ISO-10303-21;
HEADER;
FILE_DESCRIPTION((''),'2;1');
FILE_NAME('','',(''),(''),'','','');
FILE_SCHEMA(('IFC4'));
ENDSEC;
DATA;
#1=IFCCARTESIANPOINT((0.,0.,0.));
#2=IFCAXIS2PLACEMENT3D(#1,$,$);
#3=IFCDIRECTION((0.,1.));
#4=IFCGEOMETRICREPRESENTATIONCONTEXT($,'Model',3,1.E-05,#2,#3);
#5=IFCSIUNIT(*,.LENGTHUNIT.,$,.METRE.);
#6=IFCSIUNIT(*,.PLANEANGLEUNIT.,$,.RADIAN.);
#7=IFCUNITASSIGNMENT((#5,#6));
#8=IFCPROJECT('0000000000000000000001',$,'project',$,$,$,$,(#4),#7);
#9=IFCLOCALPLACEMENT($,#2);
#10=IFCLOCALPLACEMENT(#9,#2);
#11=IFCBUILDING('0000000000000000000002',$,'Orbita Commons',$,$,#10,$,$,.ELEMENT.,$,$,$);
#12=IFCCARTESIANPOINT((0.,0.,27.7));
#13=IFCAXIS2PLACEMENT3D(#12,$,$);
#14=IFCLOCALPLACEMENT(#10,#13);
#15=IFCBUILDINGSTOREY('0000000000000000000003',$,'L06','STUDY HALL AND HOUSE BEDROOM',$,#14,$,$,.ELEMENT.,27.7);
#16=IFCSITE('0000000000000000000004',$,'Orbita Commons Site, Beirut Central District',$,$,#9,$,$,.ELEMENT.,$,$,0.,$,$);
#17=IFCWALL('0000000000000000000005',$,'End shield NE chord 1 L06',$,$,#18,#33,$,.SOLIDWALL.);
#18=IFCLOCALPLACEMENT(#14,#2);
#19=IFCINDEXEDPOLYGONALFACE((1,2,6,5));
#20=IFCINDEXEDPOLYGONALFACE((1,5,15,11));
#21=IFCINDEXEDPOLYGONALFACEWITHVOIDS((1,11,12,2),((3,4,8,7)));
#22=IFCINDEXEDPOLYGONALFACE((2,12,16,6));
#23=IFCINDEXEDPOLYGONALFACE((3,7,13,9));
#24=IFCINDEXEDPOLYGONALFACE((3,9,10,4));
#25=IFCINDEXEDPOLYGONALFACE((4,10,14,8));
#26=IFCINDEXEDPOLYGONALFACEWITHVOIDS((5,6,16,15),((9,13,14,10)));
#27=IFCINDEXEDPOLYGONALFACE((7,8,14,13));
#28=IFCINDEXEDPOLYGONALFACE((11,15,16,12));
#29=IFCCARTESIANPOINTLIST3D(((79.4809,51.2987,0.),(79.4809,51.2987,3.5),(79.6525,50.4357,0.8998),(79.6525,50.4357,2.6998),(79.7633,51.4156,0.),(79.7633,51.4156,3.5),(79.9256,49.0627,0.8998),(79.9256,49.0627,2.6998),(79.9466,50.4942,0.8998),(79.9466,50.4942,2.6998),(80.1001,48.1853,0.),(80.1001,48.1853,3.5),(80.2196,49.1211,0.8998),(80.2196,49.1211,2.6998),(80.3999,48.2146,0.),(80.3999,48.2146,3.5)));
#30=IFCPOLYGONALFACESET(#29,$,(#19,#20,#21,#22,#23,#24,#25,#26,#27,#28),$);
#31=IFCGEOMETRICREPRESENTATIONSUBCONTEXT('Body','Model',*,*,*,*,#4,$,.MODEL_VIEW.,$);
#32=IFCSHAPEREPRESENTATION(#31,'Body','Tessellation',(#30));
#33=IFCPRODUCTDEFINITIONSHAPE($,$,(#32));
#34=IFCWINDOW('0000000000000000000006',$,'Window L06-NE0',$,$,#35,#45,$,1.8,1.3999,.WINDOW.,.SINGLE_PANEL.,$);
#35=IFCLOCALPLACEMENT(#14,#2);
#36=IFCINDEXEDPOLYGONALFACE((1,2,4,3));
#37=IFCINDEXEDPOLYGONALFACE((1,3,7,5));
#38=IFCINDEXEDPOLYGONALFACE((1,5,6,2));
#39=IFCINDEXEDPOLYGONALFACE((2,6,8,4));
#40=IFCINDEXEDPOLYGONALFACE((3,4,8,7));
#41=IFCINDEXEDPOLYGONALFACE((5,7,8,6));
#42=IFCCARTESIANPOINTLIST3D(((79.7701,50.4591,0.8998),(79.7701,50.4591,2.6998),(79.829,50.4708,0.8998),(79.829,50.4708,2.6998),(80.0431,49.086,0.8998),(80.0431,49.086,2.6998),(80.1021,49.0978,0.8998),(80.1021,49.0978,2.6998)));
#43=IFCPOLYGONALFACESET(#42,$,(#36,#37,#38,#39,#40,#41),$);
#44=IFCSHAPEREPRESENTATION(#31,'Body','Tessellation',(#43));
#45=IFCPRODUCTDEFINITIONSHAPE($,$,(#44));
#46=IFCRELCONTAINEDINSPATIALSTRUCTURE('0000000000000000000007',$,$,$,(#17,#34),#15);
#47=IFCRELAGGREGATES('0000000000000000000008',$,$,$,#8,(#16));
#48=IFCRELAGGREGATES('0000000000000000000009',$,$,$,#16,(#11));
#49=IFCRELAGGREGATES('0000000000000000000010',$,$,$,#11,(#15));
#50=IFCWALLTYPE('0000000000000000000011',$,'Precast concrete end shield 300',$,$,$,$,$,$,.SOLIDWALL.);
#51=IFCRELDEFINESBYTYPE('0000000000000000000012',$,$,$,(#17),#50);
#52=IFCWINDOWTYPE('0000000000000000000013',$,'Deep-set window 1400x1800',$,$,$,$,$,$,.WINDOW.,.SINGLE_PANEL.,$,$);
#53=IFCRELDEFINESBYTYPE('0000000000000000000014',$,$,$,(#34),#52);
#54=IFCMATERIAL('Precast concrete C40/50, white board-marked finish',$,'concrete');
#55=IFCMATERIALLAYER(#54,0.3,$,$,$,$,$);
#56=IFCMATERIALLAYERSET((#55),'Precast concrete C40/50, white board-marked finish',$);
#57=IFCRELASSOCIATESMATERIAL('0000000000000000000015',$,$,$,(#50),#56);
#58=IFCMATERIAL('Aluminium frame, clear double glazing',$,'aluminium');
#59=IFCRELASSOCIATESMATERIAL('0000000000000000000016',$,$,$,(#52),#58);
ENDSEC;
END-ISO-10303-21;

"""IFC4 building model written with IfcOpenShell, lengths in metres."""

from ifc_helpers import new_model, si_unit, direction, frame, frame_2d, origin, place, context, subcontext, project, spatial, polyline, rectangle, outline, extrude, material, layer, layer_set, type_object, element, fill, save


model = new_model("IFC4")

# Units and contexts
model_context = context("Model", 3, precision=1e-05, world=origin(), true_north=direction((0.0, 1.0)))
body_context = subcontext(model_context, "Body", "Model", "MODEL_VIEW")
ifc_project = project(units=[si_unit("LENGTHUNIT", "METRE"), si_unit("PLANEANGLEUNIT", "RADIAN")], contexts=[model_context])

# Site, building, storey
site_placement = place(None, origin())
site = spatial("IfcSite", under=ifc_project, at=site_placement, Name="Orbita Commons Site, Beirut Central District", CompositionType="ELEMENT", RefElevation=0.0)
building_placement = place(site_placement, origin())
building = spatial("IfcBuilding", under=site, at=building_placement, Name="Orbita Commons", CompositionType="ELEMENT")
storey_placement = place(building_placement, frame((0.0, 0.0, 27.7)))
storey = spatial("IfcBuildingStorey", under=building, at=storey_placement, Name="L06", Description="STUDY HALL AND HOUSE BEDROOM", CompositionType="ELEMENT", Elevation=27.7)

# Wall, opening, window
ifc_material_1 = material(Name="Precast concrete C40/50, white board-marked finish", Category="concrete")
ifc_layer_1 = layer(ifc_material_1, 0.3)
ifc_layer_set_1 = layer_set([ifc_layer_1], Name="Precast concrete C40/50, white board-marked finish")
wall_type_1 = type_object("IfcWallType", Name="Precast concrete end shield 300", PredefinedType="SOLIDWALL", material=ifc_layer_set_1)
wall_1_placement = place(storey_placement, frame((80.25, 48.2, 0.0), z_axis=(0.0, 0.0, 1.0), x_axis=(-0.195066, 0.98079, 0.0)))
wall_1 = element("IfcWall", 1, at=wall_1_placement, inside=storey, type_object=wall_type_1, Name="End shield NE chord 1 L06", PredefinedType="SOLIDWALL", context=body_context, shape_type="SweptSolid", body=[
    extrude(outline(polyline([(-0.0149, -0.1499), (3.2488, -0.1499), (3.1892, 0.1499), (0.0149, 0.1499), (-0.0149, -0.1499)])), origin(), (0.0, 0.0, 1.0), 3.5),
])
opening_1_placement = place(wall_1_placement, frame((0.9094, 0.0, 0.8999)))
opening_1 = element("IfcOpeningElement", 2, at=opening_1_placement, cuts=wall_1, PredefinedType="OPENING", context=body_context, shape_type="SweptSolid", body=[
    extrude(rectangle(XDim=1.3999, YDim=1.8, at=frame_2d((0.7, 0.8999))), frame((0.0, 0.1599, 0.0), z_axis=(0.0, -1.0, 0.0), x_axis=(1.0, 0.0, 0.0)), (0.0, 0.0, 1.0), 0.3201),
])
ifc_material_2 = material(Name="Aluminium frame, clear double glazing", Category="aluminium")
window_type = type_object("IfcWindowType", Name="Deep-set window 1400x1800", PartitioningType="SINGLE_PANEL", PredefinedType="WINDOW", material=ifc_material_2)
window_placement = place(opening_1_placement, origin())
window = element("IfcWindow", 3, at=window_placement, inside=storey, type_object=window_type, Name="Window L06-NE0", OverallHeight=1.8, OverallWidth=1.3999, PartitioningType="SINGLE_PANEL", PredefinedType="WINDOW", context=body_context, shape_type="SweptSolid", body=[
    extrude(rectangle(XDim=1.3999, YDim=1.8, at=frame_2d((0.7, 0.8999))), frame((0.0, 0.03, 0.0), z_axis=(0.0, -1.0, 0.0), x_axis=(1.0, 0.0, 0.0)), (0.0, 0.0, 1.0), 0.0601),
])
fill(opening_1, window)

save(model, "model.ifc")
